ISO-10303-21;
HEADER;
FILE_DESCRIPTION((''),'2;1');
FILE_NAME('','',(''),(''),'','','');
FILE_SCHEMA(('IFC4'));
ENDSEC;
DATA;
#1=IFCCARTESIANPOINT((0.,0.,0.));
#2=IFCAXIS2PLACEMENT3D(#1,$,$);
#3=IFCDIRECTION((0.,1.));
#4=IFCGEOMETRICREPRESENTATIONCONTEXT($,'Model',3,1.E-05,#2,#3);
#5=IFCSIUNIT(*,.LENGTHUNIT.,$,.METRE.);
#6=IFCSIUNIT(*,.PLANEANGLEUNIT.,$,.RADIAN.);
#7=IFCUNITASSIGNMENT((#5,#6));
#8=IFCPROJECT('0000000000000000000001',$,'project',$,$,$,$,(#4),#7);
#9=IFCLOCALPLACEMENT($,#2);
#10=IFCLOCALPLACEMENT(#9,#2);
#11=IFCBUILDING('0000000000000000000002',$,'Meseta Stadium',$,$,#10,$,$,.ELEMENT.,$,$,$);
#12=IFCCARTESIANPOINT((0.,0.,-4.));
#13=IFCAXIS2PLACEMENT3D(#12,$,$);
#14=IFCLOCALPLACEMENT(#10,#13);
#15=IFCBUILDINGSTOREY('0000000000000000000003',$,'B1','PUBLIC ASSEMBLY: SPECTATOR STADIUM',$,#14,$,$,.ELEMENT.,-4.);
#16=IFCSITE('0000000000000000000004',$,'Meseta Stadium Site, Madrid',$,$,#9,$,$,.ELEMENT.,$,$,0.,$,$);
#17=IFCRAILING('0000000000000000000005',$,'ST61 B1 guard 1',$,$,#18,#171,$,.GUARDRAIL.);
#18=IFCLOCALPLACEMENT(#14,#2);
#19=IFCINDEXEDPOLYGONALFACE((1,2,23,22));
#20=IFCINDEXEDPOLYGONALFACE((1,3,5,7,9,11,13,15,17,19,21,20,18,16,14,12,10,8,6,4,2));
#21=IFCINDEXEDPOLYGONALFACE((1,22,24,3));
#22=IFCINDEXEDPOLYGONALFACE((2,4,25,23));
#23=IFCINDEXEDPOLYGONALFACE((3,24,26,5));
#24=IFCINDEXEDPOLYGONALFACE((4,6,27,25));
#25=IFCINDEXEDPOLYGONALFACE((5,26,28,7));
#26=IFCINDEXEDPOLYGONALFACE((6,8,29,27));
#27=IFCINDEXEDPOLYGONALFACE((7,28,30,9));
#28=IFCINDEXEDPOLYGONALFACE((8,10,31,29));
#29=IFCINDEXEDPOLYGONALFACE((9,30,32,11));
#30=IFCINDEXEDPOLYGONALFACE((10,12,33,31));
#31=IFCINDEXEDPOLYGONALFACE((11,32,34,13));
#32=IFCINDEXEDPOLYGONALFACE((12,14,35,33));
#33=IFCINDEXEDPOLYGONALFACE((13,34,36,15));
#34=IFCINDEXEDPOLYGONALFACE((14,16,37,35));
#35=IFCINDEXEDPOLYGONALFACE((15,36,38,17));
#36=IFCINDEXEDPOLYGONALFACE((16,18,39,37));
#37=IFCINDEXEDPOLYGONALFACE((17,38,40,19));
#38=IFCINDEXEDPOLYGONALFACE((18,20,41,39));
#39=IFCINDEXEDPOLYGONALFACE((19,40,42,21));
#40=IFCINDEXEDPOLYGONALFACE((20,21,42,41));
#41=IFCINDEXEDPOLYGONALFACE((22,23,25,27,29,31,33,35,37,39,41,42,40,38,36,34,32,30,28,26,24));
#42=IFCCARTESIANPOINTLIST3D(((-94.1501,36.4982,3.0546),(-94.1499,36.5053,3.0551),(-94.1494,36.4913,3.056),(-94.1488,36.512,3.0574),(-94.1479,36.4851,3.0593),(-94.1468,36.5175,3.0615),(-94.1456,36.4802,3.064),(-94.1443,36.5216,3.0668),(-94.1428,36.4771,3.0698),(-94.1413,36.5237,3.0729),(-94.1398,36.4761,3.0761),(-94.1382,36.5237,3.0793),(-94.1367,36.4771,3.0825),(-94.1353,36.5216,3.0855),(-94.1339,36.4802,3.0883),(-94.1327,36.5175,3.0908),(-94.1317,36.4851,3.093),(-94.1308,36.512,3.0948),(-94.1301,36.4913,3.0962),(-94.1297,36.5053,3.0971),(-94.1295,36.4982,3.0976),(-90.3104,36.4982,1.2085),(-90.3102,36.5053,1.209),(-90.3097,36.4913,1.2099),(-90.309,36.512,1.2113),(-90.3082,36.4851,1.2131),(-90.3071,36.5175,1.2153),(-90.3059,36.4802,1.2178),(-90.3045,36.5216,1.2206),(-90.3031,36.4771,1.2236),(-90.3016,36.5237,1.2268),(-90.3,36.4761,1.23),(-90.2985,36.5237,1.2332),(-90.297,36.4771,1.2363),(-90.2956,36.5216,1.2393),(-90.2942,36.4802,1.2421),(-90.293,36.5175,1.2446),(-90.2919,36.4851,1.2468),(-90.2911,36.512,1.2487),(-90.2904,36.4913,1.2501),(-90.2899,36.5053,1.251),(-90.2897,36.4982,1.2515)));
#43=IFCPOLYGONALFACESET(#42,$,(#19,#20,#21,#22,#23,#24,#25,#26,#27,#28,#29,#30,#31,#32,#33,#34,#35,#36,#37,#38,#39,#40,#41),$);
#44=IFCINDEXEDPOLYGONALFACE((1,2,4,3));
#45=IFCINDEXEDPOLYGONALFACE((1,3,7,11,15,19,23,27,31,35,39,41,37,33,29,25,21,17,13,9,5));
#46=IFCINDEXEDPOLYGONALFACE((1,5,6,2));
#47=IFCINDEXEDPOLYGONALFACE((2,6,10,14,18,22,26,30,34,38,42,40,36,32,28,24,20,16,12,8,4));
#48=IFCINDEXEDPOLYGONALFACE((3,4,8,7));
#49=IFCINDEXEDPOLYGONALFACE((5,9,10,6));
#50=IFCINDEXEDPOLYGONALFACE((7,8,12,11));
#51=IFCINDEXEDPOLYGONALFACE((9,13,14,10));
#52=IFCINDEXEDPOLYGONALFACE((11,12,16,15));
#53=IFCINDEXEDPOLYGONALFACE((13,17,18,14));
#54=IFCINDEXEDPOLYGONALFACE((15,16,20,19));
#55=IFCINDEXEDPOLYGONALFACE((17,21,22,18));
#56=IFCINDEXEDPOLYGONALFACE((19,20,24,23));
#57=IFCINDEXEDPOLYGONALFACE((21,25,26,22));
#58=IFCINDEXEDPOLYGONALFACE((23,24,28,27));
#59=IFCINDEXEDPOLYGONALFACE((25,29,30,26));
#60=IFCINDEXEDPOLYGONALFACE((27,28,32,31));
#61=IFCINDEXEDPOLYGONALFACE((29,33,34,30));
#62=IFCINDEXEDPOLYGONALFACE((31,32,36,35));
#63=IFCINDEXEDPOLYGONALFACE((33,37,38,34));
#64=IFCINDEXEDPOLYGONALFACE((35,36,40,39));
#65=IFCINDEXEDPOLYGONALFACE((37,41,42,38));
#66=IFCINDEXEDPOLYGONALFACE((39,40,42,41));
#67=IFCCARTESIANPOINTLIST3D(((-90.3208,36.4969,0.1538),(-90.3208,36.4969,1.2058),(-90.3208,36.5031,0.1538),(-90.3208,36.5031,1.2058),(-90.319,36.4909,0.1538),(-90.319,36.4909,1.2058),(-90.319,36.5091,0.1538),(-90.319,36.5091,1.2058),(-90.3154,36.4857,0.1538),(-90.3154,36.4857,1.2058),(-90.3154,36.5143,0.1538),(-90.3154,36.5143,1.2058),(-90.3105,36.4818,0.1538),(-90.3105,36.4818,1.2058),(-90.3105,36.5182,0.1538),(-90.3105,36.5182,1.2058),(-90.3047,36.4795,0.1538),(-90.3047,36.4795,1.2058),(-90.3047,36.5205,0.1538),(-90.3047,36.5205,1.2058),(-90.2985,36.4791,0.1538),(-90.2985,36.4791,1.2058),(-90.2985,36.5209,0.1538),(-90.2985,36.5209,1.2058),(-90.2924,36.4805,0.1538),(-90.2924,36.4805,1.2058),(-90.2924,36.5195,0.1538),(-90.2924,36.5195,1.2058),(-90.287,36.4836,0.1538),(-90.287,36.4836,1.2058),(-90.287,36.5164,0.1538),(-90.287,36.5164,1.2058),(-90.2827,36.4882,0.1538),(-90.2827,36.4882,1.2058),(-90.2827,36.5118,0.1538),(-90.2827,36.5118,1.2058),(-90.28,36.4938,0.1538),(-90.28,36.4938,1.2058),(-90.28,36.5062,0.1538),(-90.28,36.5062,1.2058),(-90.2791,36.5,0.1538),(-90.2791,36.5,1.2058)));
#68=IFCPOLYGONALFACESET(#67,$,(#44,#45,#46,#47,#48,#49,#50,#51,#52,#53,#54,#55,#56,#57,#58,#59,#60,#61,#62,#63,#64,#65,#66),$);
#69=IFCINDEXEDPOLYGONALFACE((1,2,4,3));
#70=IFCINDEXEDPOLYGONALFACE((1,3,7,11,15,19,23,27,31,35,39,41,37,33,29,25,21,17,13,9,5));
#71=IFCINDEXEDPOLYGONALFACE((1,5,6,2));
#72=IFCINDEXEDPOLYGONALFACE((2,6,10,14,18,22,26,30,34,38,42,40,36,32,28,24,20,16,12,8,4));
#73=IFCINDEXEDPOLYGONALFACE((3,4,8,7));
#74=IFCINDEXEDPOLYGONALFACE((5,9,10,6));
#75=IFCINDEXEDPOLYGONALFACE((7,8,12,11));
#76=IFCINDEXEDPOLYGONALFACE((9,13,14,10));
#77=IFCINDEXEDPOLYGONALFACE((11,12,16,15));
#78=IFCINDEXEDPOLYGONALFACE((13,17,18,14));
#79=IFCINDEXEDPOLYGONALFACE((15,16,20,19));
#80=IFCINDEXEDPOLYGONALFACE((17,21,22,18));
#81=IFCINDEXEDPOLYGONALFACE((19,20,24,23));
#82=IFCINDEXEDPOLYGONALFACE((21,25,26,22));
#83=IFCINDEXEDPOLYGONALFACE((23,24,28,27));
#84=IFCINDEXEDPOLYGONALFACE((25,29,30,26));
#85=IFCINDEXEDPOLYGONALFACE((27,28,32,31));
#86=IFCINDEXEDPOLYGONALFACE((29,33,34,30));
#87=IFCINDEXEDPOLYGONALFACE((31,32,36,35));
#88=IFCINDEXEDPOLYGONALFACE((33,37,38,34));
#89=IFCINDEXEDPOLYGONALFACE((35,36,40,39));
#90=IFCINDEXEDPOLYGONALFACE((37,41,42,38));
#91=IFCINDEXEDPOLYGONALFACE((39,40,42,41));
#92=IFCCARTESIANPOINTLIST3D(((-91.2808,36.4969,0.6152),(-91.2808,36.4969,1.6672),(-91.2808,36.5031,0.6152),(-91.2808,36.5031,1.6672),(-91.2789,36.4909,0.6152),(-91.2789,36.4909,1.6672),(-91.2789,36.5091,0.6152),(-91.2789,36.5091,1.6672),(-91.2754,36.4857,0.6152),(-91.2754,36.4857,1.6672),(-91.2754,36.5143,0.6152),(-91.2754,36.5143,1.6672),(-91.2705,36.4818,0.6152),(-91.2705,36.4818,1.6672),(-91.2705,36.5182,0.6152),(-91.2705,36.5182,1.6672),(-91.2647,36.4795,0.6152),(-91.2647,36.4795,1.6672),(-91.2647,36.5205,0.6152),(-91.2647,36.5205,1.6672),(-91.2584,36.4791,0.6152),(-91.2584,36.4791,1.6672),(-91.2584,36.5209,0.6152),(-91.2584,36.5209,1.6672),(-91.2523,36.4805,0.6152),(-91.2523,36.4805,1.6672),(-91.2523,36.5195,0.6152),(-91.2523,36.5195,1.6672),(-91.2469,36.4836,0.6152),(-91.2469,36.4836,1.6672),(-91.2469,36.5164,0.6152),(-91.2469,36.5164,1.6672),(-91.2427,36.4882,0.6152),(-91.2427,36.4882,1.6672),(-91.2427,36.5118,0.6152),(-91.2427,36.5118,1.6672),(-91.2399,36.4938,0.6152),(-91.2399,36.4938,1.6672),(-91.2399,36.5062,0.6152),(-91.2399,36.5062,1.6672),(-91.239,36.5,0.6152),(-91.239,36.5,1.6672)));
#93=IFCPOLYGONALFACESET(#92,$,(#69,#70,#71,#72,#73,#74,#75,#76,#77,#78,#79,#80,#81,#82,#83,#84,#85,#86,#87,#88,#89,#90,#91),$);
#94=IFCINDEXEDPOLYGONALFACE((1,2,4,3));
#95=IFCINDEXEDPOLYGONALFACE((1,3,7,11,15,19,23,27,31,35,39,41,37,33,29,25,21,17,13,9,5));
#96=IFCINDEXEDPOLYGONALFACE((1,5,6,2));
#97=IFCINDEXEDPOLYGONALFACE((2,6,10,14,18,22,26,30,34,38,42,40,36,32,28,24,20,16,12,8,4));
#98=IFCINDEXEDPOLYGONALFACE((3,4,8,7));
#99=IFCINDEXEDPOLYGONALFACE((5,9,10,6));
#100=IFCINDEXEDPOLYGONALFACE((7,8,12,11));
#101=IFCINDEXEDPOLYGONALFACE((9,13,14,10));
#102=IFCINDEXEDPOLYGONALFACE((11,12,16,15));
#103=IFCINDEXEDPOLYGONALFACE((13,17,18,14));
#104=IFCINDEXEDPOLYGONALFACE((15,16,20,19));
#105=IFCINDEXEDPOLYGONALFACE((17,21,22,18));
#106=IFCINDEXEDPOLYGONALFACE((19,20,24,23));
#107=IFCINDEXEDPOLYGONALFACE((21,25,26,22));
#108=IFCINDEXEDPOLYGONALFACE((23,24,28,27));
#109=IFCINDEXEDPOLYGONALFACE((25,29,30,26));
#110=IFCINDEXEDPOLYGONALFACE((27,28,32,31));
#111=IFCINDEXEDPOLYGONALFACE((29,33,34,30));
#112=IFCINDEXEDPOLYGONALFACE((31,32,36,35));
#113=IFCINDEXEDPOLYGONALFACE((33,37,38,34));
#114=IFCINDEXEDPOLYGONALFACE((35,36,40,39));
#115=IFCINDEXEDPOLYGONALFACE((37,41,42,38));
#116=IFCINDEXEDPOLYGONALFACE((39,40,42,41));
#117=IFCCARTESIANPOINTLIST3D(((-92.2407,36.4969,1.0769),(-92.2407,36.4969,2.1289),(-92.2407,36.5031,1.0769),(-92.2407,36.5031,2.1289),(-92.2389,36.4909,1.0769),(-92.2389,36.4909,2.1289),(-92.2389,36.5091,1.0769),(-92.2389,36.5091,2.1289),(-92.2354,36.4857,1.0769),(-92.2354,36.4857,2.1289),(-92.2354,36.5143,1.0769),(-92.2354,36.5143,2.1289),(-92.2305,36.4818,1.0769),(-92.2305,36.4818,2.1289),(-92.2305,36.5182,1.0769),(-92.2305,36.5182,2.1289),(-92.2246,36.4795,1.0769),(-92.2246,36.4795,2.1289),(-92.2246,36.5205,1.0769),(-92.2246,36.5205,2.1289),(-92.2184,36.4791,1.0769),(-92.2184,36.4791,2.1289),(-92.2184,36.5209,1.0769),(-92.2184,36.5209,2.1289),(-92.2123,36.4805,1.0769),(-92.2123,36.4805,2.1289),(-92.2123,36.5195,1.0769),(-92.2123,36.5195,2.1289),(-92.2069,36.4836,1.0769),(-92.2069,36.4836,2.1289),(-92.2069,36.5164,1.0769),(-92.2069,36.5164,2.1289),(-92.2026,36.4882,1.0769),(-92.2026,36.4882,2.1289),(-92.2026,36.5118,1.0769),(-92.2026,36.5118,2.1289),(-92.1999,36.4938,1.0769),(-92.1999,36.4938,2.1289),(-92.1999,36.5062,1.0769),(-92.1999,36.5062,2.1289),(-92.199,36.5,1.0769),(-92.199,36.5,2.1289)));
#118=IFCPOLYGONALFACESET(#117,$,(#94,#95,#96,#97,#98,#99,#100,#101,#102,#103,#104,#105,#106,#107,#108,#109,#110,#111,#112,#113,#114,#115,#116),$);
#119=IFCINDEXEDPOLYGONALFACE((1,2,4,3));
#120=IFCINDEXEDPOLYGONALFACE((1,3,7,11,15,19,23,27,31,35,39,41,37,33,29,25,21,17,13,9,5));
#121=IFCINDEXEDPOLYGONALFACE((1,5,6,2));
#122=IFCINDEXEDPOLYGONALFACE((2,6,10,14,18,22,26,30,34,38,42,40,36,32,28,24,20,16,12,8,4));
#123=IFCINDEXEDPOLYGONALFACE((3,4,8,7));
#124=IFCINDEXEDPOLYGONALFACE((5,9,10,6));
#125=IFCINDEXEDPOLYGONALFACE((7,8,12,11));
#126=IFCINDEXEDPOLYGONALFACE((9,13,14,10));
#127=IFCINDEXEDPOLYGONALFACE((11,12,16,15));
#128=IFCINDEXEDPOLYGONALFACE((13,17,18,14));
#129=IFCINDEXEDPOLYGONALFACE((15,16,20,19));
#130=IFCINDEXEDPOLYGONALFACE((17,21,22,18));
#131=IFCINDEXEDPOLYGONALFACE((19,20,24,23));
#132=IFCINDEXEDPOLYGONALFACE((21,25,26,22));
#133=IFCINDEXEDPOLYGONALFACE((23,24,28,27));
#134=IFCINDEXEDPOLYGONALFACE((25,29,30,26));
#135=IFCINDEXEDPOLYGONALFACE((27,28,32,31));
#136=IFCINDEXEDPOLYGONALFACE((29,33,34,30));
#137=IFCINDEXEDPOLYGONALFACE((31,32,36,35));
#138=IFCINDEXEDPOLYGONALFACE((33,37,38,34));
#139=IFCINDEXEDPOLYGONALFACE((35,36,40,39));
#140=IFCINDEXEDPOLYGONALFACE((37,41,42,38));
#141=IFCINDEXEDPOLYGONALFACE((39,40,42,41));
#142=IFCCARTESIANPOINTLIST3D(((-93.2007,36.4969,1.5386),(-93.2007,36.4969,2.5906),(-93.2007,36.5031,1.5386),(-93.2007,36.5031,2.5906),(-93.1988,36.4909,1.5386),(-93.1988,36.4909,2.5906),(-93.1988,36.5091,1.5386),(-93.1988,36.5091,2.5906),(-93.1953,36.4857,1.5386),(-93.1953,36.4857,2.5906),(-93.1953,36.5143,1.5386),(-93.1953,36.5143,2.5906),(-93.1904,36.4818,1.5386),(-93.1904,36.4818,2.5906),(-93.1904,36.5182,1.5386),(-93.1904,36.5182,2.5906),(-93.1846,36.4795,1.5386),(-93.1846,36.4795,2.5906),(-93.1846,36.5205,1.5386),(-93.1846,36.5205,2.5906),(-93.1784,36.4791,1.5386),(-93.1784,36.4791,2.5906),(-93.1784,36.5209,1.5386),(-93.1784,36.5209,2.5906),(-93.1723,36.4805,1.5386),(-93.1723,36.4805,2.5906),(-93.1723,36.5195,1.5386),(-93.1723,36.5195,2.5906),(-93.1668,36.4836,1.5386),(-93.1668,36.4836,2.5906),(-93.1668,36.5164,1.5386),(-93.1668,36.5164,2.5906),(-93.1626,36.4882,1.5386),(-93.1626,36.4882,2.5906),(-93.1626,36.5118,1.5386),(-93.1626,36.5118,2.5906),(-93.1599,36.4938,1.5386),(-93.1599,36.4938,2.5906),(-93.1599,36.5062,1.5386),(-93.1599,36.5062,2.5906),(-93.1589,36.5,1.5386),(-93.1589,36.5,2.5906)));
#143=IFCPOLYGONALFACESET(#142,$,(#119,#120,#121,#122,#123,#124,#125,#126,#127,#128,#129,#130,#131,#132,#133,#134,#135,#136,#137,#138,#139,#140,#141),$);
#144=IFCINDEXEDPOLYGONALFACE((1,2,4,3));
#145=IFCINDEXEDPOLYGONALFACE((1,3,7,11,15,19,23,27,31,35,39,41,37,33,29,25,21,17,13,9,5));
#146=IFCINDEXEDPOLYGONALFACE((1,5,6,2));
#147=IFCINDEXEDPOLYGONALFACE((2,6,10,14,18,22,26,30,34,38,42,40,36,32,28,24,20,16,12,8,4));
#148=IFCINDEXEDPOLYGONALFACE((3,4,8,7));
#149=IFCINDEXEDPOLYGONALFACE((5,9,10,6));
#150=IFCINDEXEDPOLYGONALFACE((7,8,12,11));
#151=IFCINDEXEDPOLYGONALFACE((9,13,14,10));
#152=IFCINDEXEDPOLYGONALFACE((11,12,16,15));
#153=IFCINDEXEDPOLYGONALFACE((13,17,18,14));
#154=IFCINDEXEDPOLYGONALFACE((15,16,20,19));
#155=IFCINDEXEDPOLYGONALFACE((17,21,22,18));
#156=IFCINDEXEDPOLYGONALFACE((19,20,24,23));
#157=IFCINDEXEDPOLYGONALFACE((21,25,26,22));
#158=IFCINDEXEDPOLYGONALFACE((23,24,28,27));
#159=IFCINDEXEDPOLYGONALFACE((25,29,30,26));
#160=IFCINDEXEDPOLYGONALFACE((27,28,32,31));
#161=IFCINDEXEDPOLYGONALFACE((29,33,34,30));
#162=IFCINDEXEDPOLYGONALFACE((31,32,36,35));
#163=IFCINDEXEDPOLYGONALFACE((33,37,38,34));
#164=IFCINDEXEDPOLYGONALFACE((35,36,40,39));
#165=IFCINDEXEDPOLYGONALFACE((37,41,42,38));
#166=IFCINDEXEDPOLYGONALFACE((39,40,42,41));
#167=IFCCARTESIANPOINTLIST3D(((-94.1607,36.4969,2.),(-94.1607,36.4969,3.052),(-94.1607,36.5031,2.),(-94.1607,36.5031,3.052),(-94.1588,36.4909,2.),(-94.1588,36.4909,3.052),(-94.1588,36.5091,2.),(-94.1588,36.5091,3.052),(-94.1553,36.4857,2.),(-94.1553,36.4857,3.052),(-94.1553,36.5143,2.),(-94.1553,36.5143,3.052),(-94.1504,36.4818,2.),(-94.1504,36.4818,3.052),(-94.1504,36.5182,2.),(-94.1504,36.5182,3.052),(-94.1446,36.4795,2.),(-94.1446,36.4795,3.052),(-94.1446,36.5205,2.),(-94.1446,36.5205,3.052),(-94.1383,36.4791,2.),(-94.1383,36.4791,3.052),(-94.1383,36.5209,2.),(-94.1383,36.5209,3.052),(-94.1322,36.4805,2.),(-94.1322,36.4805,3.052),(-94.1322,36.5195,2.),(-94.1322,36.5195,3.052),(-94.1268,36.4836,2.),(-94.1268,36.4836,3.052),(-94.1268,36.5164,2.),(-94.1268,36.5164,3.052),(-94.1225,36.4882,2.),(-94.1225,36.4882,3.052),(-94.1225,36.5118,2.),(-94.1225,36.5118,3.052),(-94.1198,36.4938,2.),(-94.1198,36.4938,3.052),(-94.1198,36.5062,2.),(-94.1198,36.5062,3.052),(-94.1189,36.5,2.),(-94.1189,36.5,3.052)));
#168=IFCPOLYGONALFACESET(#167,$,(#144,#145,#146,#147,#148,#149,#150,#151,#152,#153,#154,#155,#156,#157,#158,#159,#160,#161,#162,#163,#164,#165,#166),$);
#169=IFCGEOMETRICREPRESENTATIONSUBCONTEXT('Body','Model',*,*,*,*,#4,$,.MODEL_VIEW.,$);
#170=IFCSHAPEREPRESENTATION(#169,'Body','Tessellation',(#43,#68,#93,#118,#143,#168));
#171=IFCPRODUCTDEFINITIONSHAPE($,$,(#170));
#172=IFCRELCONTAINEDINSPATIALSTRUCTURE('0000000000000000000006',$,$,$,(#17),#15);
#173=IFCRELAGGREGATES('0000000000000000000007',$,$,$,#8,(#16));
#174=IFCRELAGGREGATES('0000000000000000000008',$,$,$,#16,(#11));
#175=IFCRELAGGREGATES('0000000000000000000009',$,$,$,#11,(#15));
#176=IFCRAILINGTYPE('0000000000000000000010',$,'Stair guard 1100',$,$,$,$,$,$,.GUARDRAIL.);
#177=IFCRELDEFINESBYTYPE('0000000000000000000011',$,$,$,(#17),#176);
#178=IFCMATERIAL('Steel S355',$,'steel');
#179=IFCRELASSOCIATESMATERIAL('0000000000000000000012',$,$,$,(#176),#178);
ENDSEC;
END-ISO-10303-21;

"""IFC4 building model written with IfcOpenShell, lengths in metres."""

from ifc_helpers import new_model, si_unit, direction, frame, origin, origin_2d, place, context, subcontext, project, spatial, circle, extrude, material, type_object, element, save


model = new_model("IFC4")

# Units and contexts
model_context = context("Model", 3, precision=1e-05, world=origin(), true_north=direction((0.0, 1.0)))
body_context = subcontext(model_context, "Body", "Model", "MODEL_VIEW")
ifc_project = project(units=[si_unit("LENGTHUNIT", "METRE"), si_unit("PLANEANGLEUNIT", "RADIAN")], contexts=[model_context])

# Site, building, storey
site_placement = place(None, origin())
site = spatial("IfcSite", under=ifc_project, at=site_placement, Name="Meseta Stadium Site, Madrid", CompositionType="ELEMENT", RefElevation=0.0)
building_placement = place(site_placement, origin())
building = spatial("IfcBuilding", under=site, at=building_placement, Name="Meseta Stadium", CompositionType="ELEMENT")
storey_placement = place(building_placement, frame((0.0, 0.0, -4.0)))
storey = spatial("IfcBuildingStorey", under=building, at=storey_placement, Name="B1", Description="PUBLIC ASSEMBLY: SPECTATOR STADIUM", CompositionType="ELEMENT", Elevation=-4.0)

# Railing
ifc_material_1 = material(Name="Steel S355", Category="steel")
railing_type_1 = type_object("IfcRailingType", Name="Stair guard 1100", PredefinedType="GUARDRAIL", material=ifc_material_1)
railing_1_placement = place(storey_placement, frame((-90.3, 36.5, 0.1538)))
element("IfcRailing", 1, at=railing_1_placement, inside=storey, type_object=railing_type_1, Name="ST61 B1 guard 1", PredefinedType="GUARDRAIL", context=body_context, shape_type="SweptSolid", body=[
    extrude(circle(Radius=0.0239, at=origin_2d()), frame((0.0, 0.0, 1.0762), z_axis=(-0.901242, 0.0, 0.433316), x_axis=(0.0, -1.0, 0.0)), (0.0, 0.0, 1.0), 4.2605),
    extrude(circle(Radius=0.021, at=origin_2d()), origin(), (0.0, 0.0, 1.0), 1.052),
    extrude(circle(Radius=0.021, at=origin_2d()), frame((-0.96, 0.0, 0.4614)), (0.0, 0.0, 1.0), 1.052),
    extrude(circle(Radius=0.021, at=origin_2d()), frame((-1.9199, 0.0, 0.9231)), (0.0, 0.0, 1.0), 1.052),
    extrude(circle(Radius=0.021, at=origin_2d()), frame((-2.8799, 0.0, 1.3848)), (0.0, 0.0, 1.0), 1.052),
    extrude(circle(Radius=0.021, at=origin_2d()), frame((-3.8398, 0.0, 1.8462)), (0.0, 0.0, 1.0), 1.052),
])

save(model, "model.ifc")
